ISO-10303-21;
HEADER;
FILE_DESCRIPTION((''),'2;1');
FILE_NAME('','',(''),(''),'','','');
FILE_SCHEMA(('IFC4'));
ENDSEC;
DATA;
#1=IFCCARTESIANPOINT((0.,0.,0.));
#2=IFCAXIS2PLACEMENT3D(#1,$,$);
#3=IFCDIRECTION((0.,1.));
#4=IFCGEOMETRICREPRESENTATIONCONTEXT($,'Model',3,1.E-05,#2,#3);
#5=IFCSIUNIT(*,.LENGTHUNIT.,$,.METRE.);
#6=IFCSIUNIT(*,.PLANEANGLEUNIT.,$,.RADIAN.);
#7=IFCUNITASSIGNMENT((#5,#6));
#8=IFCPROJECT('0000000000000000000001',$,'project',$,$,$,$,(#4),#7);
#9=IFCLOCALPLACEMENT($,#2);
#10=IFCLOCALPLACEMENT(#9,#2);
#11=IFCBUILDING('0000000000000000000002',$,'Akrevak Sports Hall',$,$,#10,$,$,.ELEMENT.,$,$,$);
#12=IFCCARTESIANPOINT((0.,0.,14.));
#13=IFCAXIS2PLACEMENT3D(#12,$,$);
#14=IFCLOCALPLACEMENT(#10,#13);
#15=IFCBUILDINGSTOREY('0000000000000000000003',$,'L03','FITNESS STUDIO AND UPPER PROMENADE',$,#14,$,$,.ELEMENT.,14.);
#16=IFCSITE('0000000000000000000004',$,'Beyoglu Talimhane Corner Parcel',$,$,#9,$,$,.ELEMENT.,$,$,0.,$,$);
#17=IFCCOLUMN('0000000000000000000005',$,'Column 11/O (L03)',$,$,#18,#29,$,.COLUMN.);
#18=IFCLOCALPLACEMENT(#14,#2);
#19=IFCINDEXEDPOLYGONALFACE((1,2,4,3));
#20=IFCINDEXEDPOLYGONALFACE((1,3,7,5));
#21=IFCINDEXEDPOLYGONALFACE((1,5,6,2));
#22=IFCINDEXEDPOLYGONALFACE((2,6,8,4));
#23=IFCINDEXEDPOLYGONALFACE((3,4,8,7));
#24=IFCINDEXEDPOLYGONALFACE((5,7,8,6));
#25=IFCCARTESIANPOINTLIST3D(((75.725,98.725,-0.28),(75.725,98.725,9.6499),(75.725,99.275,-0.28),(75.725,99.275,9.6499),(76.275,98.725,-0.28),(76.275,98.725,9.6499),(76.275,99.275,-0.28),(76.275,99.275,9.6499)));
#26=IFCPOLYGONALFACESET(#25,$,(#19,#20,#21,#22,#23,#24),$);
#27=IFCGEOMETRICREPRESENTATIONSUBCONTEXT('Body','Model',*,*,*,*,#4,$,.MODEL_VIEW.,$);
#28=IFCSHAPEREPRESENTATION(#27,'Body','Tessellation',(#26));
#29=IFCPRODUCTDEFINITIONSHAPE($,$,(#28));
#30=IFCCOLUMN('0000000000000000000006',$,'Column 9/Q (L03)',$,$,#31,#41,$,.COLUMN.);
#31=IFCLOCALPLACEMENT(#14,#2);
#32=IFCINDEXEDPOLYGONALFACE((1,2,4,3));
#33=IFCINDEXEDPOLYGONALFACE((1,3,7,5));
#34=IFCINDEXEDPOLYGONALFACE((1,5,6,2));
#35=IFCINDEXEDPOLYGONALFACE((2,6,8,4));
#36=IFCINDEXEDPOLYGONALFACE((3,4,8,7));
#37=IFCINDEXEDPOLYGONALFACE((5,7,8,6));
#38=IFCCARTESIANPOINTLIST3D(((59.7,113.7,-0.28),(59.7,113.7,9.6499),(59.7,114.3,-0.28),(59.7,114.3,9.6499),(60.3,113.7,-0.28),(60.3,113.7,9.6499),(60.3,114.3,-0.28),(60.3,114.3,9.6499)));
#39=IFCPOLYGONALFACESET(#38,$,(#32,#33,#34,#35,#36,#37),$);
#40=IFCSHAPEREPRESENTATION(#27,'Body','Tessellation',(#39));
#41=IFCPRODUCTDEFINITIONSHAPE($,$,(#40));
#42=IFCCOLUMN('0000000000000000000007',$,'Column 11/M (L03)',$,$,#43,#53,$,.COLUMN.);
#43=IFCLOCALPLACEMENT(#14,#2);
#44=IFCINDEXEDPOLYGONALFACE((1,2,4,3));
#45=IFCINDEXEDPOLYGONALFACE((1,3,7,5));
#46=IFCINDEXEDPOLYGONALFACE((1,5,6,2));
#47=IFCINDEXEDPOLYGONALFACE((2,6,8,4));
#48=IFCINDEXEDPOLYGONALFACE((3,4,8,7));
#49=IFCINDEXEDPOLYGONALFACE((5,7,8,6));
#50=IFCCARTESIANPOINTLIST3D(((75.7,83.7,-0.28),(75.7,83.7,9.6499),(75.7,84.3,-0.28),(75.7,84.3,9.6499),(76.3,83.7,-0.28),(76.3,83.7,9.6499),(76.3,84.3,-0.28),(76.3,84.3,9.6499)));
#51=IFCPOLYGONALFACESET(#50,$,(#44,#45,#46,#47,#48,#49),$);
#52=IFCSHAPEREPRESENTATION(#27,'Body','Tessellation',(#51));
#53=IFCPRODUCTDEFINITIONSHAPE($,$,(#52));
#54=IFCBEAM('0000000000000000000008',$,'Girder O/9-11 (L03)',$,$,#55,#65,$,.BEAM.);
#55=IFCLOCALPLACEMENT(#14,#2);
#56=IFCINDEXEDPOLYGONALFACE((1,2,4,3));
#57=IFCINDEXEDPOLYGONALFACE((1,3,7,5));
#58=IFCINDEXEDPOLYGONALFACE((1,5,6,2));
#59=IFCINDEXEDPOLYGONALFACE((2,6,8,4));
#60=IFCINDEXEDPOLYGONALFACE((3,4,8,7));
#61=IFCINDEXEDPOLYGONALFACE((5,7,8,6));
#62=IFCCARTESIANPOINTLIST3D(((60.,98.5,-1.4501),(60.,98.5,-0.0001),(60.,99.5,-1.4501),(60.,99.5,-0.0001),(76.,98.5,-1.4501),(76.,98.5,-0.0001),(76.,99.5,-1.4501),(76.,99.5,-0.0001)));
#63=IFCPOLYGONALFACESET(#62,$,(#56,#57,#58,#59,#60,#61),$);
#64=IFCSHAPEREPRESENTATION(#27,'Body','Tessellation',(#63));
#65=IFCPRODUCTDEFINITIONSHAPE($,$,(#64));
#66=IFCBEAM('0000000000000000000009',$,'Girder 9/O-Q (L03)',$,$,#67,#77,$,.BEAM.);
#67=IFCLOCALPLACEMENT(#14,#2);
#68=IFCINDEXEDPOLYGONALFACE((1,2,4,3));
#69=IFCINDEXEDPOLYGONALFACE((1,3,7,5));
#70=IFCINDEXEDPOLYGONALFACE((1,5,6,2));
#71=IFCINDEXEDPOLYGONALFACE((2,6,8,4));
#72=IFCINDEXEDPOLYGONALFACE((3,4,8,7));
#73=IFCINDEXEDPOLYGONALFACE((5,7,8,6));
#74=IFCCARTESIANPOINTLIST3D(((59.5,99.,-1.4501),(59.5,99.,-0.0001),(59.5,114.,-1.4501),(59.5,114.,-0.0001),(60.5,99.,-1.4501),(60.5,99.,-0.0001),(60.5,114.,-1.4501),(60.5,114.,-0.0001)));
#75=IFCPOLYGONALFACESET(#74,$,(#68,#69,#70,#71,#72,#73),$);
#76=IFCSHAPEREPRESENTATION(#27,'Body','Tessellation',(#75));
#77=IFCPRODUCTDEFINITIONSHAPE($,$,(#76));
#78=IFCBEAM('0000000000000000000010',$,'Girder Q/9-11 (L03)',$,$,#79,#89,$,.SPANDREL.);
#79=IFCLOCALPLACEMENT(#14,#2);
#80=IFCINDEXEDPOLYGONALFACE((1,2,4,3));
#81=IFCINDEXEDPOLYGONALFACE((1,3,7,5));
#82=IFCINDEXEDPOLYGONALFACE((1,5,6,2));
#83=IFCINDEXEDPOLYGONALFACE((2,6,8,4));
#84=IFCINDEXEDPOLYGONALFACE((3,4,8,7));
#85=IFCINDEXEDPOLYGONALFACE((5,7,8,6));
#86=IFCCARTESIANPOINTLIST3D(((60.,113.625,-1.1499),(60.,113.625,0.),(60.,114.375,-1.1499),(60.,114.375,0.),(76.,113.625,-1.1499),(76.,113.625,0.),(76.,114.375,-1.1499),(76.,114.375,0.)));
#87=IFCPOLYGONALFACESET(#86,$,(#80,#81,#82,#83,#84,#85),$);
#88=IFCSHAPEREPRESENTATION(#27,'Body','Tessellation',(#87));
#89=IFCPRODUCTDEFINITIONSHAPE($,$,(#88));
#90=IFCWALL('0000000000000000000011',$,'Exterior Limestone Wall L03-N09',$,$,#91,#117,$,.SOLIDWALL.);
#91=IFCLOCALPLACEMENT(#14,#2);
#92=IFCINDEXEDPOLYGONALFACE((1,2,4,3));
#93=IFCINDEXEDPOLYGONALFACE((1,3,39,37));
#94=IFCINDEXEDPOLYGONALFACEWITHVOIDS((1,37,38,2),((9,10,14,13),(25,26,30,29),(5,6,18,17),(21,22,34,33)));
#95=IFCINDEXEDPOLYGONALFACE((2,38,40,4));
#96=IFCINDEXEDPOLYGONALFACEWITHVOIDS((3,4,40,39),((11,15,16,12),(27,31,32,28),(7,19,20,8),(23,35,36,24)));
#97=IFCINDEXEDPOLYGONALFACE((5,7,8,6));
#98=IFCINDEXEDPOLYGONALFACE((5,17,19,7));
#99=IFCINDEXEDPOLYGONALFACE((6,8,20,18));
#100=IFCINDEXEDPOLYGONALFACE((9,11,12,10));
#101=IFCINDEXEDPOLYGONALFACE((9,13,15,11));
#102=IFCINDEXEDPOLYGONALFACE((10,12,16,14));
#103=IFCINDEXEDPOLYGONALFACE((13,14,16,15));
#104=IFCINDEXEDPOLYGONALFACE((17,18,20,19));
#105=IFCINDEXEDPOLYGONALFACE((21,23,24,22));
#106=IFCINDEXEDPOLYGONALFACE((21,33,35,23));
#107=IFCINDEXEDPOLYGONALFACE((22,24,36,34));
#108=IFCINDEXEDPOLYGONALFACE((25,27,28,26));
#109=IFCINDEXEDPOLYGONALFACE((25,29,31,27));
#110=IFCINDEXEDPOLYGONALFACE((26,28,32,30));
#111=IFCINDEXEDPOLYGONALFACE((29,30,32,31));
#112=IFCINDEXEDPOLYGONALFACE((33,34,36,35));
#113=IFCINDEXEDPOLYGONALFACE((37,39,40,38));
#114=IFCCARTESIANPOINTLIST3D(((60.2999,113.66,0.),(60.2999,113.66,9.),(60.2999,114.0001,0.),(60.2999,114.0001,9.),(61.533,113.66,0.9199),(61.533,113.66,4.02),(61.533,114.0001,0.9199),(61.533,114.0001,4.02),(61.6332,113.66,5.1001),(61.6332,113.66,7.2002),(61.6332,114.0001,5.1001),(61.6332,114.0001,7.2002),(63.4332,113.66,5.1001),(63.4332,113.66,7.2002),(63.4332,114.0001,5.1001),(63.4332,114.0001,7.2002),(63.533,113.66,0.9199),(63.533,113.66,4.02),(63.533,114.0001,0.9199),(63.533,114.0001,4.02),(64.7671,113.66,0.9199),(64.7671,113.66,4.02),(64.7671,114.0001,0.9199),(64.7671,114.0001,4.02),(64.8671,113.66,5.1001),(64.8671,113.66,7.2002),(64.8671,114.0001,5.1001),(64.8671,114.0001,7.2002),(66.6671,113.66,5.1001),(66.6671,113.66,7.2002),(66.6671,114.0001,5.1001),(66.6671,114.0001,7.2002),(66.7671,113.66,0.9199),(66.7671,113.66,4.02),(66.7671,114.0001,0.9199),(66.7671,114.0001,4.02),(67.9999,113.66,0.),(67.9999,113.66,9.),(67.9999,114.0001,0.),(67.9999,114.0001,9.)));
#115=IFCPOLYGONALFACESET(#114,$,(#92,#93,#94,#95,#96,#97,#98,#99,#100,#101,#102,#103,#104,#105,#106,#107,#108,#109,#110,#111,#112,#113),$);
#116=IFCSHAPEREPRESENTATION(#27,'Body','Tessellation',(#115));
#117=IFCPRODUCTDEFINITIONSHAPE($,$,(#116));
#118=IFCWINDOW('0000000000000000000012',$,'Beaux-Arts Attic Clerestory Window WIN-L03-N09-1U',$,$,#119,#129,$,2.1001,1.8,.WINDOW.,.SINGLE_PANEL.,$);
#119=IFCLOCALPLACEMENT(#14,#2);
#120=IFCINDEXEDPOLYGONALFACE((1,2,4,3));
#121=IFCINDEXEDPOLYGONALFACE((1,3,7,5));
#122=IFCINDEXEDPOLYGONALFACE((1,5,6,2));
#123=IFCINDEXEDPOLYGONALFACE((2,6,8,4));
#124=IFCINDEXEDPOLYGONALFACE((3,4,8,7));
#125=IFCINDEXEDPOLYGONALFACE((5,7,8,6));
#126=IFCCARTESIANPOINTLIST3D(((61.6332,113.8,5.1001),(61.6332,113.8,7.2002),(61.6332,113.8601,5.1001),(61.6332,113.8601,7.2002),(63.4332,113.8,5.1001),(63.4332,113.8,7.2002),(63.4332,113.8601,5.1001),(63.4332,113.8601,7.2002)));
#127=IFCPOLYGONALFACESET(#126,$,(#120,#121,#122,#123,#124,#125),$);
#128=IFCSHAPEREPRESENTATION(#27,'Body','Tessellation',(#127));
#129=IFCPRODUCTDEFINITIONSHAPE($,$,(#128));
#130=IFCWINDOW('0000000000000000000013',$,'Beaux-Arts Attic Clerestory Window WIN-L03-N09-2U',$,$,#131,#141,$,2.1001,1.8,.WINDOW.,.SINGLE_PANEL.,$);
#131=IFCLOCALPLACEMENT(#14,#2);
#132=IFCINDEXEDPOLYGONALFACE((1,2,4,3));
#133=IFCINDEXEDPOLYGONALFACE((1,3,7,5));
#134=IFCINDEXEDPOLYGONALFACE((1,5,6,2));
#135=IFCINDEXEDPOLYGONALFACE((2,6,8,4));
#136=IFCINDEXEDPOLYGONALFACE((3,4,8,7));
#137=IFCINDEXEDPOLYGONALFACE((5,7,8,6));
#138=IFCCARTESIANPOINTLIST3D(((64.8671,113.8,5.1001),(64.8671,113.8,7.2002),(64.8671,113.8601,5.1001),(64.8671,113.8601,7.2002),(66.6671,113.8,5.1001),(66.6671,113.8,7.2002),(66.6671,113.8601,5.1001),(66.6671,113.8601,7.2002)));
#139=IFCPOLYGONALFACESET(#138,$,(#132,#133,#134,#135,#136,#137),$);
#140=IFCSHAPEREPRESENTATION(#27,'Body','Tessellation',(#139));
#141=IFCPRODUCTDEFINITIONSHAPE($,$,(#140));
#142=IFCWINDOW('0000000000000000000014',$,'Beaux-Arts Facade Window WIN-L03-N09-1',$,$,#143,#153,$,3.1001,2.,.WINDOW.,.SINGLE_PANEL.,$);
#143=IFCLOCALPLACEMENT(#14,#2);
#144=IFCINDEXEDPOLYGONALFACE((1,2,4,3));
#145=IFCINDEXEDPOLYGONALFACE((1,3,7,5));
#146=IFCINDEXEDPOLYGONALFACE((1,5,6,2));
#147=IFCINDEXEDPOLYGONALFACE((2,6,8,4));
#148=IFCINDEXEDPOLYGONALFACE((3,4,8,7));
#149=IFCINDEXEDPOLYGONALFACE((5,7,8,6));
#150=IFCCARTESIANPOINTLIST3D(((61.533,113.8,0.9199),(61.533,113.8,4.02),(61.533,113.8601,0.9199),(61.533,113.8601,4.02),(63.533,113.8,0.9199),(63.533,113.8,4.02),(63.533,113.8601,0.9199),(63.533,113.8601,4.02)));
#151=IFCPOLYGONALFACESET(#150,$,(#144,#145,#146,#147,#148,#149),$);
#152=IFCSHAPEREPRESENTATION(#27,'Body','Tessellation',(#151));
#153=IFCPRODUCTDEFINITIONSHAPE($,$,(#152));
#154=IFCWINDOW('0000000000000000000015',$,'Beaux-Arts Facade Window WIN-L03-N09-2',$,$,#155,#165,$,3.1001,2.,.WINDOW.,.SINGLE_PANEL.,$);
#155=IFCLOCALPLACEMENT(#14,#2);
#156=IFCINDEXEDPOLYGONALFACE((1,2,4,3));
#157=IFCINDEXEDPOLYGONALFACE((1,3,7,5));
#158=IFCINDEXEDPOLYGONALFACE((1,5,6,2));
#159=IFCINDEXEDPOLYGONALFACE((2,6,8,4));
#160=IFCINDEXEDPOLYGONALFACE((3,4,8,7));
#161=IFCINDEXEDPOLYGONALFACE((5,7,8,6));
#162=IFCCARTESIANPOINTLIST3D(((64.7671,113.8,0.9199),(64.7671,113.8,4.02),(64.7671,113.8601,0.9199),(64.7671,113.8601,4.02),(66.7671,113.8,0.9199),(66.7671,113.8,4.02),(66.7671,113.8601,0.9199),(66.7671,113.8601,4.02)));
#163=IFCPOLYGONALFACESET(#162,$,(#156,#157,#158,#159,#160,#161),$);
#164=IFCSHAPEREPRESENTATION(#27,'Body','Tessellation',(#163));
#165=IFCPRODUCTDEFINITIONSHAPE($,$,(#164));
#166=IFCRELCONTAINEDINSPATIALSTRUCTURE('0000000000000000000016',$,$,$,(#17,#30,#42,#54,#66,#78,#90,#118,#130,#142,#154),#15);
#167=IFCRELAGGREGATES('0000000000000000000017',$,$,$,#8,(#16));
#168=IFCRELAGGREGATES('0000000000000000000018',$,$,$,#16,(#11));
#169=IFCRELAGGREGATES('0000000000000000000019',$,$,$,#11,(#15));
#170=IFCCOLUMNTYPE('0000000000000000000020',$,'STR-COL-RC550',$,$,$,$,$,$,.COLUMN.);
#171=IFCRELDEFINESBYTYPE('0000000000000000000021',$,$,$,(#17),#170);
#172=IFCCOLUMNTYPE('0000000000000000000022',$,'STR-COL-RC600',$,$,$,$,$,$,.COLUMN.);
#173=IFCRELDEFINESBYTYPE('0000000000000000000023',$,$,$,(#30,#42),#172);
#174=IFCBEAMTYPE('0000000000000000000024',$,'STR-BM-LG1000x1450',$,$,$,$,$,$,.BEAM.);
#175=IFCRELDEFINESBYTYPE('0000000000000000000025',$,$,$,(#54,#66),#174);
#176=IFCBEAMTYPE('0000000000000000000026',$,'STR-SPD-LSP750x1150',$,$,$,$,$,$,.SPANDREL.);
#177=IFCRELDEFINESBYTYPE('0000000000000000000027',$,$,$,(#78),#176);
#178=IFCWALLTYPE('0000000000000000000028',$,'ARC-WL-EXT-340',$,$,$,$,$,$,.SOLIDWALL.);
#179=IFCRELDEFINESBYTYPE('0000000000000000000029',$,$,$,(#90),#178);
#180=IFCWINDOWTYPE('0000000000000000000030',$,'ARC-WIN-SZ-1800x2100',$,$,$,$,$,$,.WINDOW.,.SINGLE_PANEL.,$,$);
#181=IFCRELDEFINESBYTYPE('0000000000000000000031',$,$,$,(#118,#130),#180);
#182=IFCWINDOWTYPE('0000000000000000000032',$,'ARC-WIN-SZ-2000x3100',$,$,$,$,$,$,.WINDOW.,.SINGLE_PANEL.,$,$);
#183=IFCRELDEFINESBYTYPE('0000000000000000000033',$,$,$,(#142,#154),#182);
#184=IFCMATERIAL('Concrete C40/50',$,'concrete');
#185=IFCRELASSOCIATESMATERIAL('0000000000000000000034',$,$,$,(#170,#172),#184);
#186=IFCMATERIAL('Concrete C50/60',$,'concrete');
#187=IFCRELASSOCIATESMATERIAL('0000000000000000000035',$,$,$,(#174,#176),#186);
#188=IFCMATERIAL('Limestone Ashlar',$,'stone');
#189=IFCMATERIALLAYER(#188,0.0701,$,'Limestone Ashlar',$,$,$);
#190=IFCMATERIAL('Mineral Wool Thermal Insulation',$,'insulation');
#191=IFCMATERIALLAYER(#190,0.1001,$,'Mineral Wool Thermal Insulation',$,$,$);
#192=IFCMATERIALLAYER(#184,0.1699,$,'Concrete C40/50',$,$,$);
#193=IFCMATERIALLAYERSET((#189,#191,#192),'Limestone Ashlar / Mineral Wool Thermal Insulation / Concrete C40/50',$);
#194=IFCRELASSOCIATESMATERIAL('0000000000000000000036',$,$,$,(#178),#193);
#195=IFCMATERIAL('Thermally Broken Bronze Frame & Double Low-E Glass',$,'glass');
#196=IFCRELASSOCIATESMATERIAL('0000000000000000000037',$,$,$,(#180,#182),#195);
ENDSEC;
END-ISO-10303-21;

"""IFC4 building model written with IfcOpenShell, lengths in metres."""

from ifc_helpers import new_model, si_unit, direction, frame, frame_2d, origin, origin_2d, place, context, subcontext, project, spatial, rectangle, extrude, material, layer, layer_set, material_profile, profile_set, type_object, element, fill, save


model = new_model("IFC4")

# Units and contexts
model_context = context("Model", 3, precision=1e-05, world=origin(), true_north=direction((0.0, 1.0)))
body_context = subcontext(model_context, "Body", "Model", "MODEL_VIEW")
ifc_project = project(units=[si_unit("LENGTHUNIT", "METRE"), si_unit("PLANEANGLEUNIT", "RADIAN")], contexts=[model_context])

# Site, building, storey
site_placement = place(None, origin())
site = spatial("IfcSite", under=ifc_project, at=site_placement, Name="Beyoglu Talimhane Corner Parcel", CompositionType="ELEMENT", RefElevation=0.0)
building_placement = place(site_placement, origin())
building = spatial("IfcBuilding", under=site, at=building_placement, Name="Akrevak Sports Hall", CompositionType="ELEMENT")
storey_placement = place(building_placement, frame((0.0, 0.0, 14.0)))
storey = spatial("IfcBuildingStorey", under=building, at=storey_placement, Name="L03", Description="FITNESS STUDIO AND UPPER PROMENADE", CompositionType="ELEMENT", Elevation=14.0)

# Columns
ifc_material_1 = material(Name="Concrete C40/50", Category="concrete")
ifc_material_profile_1 = material_profile(ifc_material_1, rectangle(XDim=0.55, YDim=0.55, at=origin_2d()), Name="RC 550x550", Category="concrete")
ifc_profile_set_1 = profile_set([ifc_material_profile_1], Name="Concrete C40/50")
column_type_1 = type_object("IfcColumnType", Name="STR-COL-RC550", PredefinedType="COLUMN", material=ifc_profile_set_1)
column_placement = place(storey_placement, frame((76.0, 99.0, -0.28), z_axis=(0.0, 0.0, 1.0), x_axis=(1.0, 0.0, 0.0)))
element("IfcColumn", 1, at=column_placement, inside=storey, type_object=column_type_1, Name="Column 11/O (L03)", PredefinedType="COLUMN", context=body_context, shape_type="SweptSolid", body=[
    extrude(rectangle(XDim=0.55, YDim=0.55, at=origin_2d()), origin(), (0.0, 0.0, 1.0), 9.9299),
])
ifc_material_profile_2 = material_profile(ifc_material_1, rectangle(XDim=0.6001, YDim=0.6001, at=origin_2d()), Name="RC 600x600", Category="concrete")
ifc_profile_set_2 = profile_set([ifc_material_profile_2], Name="Concrete C40/50")
column_type_2 = type_object("IfcColumnType", Name="STR-COL-RC600", PredefinedType="COLUMN", material=ifc_profile_set_2)
for number, where, z_axis, x_axis, name in (
    (2, (60.0, 114.0, -0.28), (0.0, 0.0, 1.0), (1.0, 0.0, 0.0), "Column 9/Q (L03)"),
    (3, (76.0, 84.0, -0.28), (0.0, 0.0, 1.0), (1.0, 0.0, 0.0), "Column 11/M (L03)"),
):
    element("IfcColumn", number, at=place(storey_placement, frame(where, z_axis=z_axis, x_axis=x_axis)), inside=storey, type_object=column_type_2, Name=name, PredefinedType="COLUMN", context=body_context, shape_type="SweptSolid", body=[
        extrude(rectangle(XDim=0.6001, YDim=0.6001, at=origin_2d()), origin(), (0.0, 0.0, 1.0), 9.9299),
    ])

# Beams
ifc_material_2 = material(Name="Concrete C50/60", Category="concrete")
ifc_material_profile_3 = material_profile(ifc_material_2, rectangle(XDim=1.0, YDim=1.45, at=origin_2d()), Name="BM 1000x1450", Category="concrete")
ifc_profile_set_3 = profile_set([ifc_material_profile_3], Name="Concrete C50/60")
beam_type_1 = type_object("IfcBeamType", Name="STR-BM-LG1000x1450", PredefinedType="BEAM", material=ifc_profile_set_3)
beam_1_placement = place(storey_placement, frame((60.0, 99.0, -0.7251), z_axis=(1.0, 0.0, 0.0), x_axis=(0.0, 1.0, 0.0)))
element("IfcBeam", 4, at=beam_1_placement, inside=storey, type_object=beam_type_1, Name="Girder O/9-11 (L03)", PredefinedType="BEAM", context=body_context, shape_type="SweptSolid", body=[
    extrude(rectangle(XDim=1.0, YDim=1.45, at=origin_2d()), origin(), (0.0, 0.0, 1.0), 16.0),
])
beam_2_placement = place(storey_placement, frame((60.0, 99.0, -0.7251), z_axis=(0.0, 1.0, 0.0), x_axis=(-1.0, 0.0, 0.0)))
element("IfcBeam", 5, at=beam_2_placement, inside=storey, type_object=beam_type_1, Name="Girder 9/O-Q (L03)", PredefinedType="BEAM", context=body_context, shape_type="SweptSolid", body=[
    extrude(rectangle(XDim=1.0, YDim=1.45, at=origin_2d()), origin(), (0.0, 0.0, 1.0), 15.0),
])
ifc_material_profile_4 = material_profile(ifc_material_2, rectangle(XDim=0.75, YDim=1.1499, at=origin_2d()), Name="SPD 750x1150", Category="concrete")
ifc_profile_set_4 = profile_set([ifc_material_profile_4], Name="Concrete C50/60")
beam_type_2 = type_object("IfcBeamType", Name="STR-SPD-LSP750x1150", PredefinedType="SPANDREL", material=ifc_profile_set_4)
beam_3_placement = place(storey_placement, frame((60.0, 114.0, -0.575), z_axis=(1.0, 0.0, 0.0), x_axis=(0.0, 1.0, 0.0)))
element("IfcBeam", 6, at=beam_3_placement, inside=storey, type_object=beam_type_2, Name="Girder Q/9-11 (L03)", PredefinedType="SPANDREL", context=body_context, shape_type="SweptSolid", body=[
    extrude(rectangle(XDim=0.75, YDim=1.1499, at=origin_2d()), origin(), (0.0, 0.0, 1.0), 16.0),
])

# Wall, openings, windows
ifc_material_3 = material(Name="Limestone Ashlar", Category="stone")
ifc_layer_1 = layer(ifc_material_3, 0.0701, Name="Limestone Ashlar")
ifc_material_4 = material(Name="Mineral Wool Thermal Insulation", Category="insulation")
ifc_layer_2 = layer(ifc_material_4, 0.1001, Name="Mineral Wool Thermal Insulation")
ifc_layer_3 = layer(ifc_material_1, 0.1699, Name="Concrete C40/50")
ifc_layer_set_1 = layer_set([ifc_layer_1, ifc_layer_2, ifc_layer_3], Name="Limestone Ashlar / Mineral Wool Thermal Insulation / Concrete C40/50")
wall_type = type_object("IfcWallType", Name="ARC-WL-EXT-340", PredefinedType="SOLIDWALL", material=ifc_layer_set_1)
wall_1_placement = place(storey_placement, frame((68.0, 113.8301, 0.0), z_axis=(0.0, 0.0, 1.0), x_axis=(-1.0, 0.0, 0.0)))
wall_1 = element("IfcWall", 7, at=wall_1_placement, inside=storey, type_object=wall_type, Name="Exterior Limestone Wall L03-N09", PredefinedType="SOLIDWALL", context=body_context, shape_type="SweptSolid", body=[
    extrude(rectangle(XDim=7.7, YDim=0.3401, at=frame_2d((3.8501, 0.0))), origin(), (0.0, 0.0, 1.0), 9.0),
])
opening_1_placement = place(wall_1_placement, frame((4.467, 0.0, 0.9199)))
opening_1 = element("IfcOpeningElement", 8, at=opening_1_placement, cuts=wall_1, PredefinedType="OPENING", context=body_context, shape_type="SweptSolid", body=[
    extrude(rectangle(XDim=2.0, YDim=3.1001, at=frame_2d((1.0, 1.55))), frame((0.0, 0.1821, 0.0), z_axis=(0.0, -1.0, 0.0), x_axis=(1.0, 0.0, 0.0)), (0.0, 0.0, 1.0), 0.364),
])
opening_2_placement = place(wall_1_placement, frame((4.5669, 0.0, 5.1001)))
opening_2 = element("IfcOpeningElement", 9, at=opening_2_placement, cuts=wall_1, PredefinedType="OPENING", context=body_context, shape_type="SweptSolid", body=[
    extrude(rectangle(XDim=1.8, YDim=2.1001, at=frame_2d((0.8999, 1.05))), frame((0.0, 0.1821, 0.0), z_axis=(0.0, -1.0, 0.0), x_axis=(1.0, 0.0, 0.0)), (0.0, 0.0, 1.0), 0.364),
])
opening_3_placement = place(wall_1_placement, frame((1.2329, 0.0, 0.9199)))
opening_3 = element("IfcOpeningElement", 10, at=opening_3_placement, cuts=wall_1, PredefinedType="OPENING", context=body_context, shape_type="SweptSolid", body=[
    extrude(rectangle(XDim=2.0, YDim=3.1001, at=frame_2d((1.0, 1.55))), frame((0.0, 0.1821, 0.0), z_axis=(0.0, -1.0, 0.0), x_axis=(1.0, 0.0, 0.0)), (0.0, 0.0, 1.0), 0.364),
])
opening_4_placement = place(wall_1_placement, frame((1.333, 0.0, 5.1001)))
opening_4 = element("IfcOpeningElement", 11, at=opening_4_placement, cuts=wall_1, PredefinedType="OPENING", context=body_context, shape_type="SweptSolid", body=[
    extrude(rectangle(XDim=1.8, YDim=2.1001, at=frame_2d((0.8999, 1.05))), frame((0.0, 0.1821, 0.0), z_axis=(0.0, -1.0, 0.0), x_axis=(1.0, 0.0, 0.0)), (0.0, 0.0, 1.0), 0.364),
])
ifc_material_5 = material(Name="Thermally Broken Bronze Frame & Double Low-E Glass", Category="glass")
window_type_1 = type_object("IfcWindowType", Name="ARC-WIN-SZ-1800x2100", PartitioningType="SINGLE_PANEL", PredefinedType="WINDOW", material=ifc_material_5)
window_1_placement = place(opening_2_placement, origin())
window_1 = element("IfcWindow", 12, at=window_1_placement, inside=storey, type_object=window_type_1, Name="Beaux-Arts Attic Clerestory Window WIN-L03-N09-1U", OverallHeight=2.1001, OverallWidth=1.8, PartitioningType="SINGLE_PANEL", PredefinedType="WINDOW", context=body_context, shape_type="SweptSolid", body=[
    extrude(rectangle(XDim=1.8, YDim=2.1001, at=frame_2d((0.8999, 1.05))), frame((0.0, 0.03, 0.0), z_axis=(0.0, -1.0, 0.0), x_axis=(1.0, 0.0, 0.0)), (0.0, 0.0, 1.0), 0.0601),
])
fill(opening_2, window_1)
window_2_placement = place(opening_4_placement, origin())
window_2 = element("IfcWindow", 13, at=window_2_placement, inside=storey, type_object=window_type_1, Name="Beaux-Arts Attic Clerestory Window WIN-L03-N09-2U", OverallHeight=2.1001, OverallWidth=1.8, PartitioningType="SINGLE_PANEL", PredefinedType="WINDOW", context=body_context, shape_type="SweptSolid", body=[
    extrude(rectangle(XDim=1.8, YDim=2.1001, at=frame_2d((0.8999, 1.05))), frame((0.0, 0.03, 0.0), z_axis=(0.0, -1.0, 0.0), x_axis=(1.0, 0.0, 0.0)), (0.0, 0.0, 1.0), 0.0601),
])
fill(opening_4, window_2)
window_type_2 = type_object("IfcWindowType", Name="ARC-WIN-SZ-2000x3100", PartitioningType="SINGLE_PANEL", PredefinedType="WINDOW", material=ifc_material_5)
window_3_placement = place(opening_1_placement, origin())
window_3 = element("IfcWindow", 14, at=window_3_placement, inside=storey, type_object=window_type_2, Name="Beaux-Arts Facade Window WIN-L03-N09-1", OverallHeight=3.1001, OverallWidth=2.0, PartitioningType="SINGLE_PANEL", PredefinedType="WINDOW", context=body_context, shape_type="SweptSolid", body=[
    extrude(rectangle(XDim=2.0, YDim=3.1001, at=frame_2d((1.0, 1.55))), frame((0.0, 0.03, 0.0), z_axis=(0.0, -1.0, 0.0), x_axis=(1.0, 0.0, 0.0)), (0.0, 0.0, 1.0), 0.0601),
])
fill(opening_1, window_3)
window_4_placement = place(opening_3_placement, origin())
window_4 = element("IfcWindow", 15, at=window_4_placement, inside=storey, type_object=window_type_2, Name="Beaux-Arts Facade Window WIN-L03-N09-2", OverallHeight=3.1001, OverallWidth=2.0, PartitioningType="SINGLE_PANEL", PredefinedType="WINDOW", context=body_context, shape_type="SweptSolid", body=[
    extrude(rectangle(XDim=2.0, YDim=3.1001, at=frame_2d((1.0, 1.55))), frame((0.0, 0.03, 0.0), z_axis=(0.0, -1.0, 0.0), x_axis=(1.0, 0.0, 0.0)), (0.0, 0.0, 1.0), 0.0601),
])
fill(opening_3, window_4)

save(model, "model.ifc")
